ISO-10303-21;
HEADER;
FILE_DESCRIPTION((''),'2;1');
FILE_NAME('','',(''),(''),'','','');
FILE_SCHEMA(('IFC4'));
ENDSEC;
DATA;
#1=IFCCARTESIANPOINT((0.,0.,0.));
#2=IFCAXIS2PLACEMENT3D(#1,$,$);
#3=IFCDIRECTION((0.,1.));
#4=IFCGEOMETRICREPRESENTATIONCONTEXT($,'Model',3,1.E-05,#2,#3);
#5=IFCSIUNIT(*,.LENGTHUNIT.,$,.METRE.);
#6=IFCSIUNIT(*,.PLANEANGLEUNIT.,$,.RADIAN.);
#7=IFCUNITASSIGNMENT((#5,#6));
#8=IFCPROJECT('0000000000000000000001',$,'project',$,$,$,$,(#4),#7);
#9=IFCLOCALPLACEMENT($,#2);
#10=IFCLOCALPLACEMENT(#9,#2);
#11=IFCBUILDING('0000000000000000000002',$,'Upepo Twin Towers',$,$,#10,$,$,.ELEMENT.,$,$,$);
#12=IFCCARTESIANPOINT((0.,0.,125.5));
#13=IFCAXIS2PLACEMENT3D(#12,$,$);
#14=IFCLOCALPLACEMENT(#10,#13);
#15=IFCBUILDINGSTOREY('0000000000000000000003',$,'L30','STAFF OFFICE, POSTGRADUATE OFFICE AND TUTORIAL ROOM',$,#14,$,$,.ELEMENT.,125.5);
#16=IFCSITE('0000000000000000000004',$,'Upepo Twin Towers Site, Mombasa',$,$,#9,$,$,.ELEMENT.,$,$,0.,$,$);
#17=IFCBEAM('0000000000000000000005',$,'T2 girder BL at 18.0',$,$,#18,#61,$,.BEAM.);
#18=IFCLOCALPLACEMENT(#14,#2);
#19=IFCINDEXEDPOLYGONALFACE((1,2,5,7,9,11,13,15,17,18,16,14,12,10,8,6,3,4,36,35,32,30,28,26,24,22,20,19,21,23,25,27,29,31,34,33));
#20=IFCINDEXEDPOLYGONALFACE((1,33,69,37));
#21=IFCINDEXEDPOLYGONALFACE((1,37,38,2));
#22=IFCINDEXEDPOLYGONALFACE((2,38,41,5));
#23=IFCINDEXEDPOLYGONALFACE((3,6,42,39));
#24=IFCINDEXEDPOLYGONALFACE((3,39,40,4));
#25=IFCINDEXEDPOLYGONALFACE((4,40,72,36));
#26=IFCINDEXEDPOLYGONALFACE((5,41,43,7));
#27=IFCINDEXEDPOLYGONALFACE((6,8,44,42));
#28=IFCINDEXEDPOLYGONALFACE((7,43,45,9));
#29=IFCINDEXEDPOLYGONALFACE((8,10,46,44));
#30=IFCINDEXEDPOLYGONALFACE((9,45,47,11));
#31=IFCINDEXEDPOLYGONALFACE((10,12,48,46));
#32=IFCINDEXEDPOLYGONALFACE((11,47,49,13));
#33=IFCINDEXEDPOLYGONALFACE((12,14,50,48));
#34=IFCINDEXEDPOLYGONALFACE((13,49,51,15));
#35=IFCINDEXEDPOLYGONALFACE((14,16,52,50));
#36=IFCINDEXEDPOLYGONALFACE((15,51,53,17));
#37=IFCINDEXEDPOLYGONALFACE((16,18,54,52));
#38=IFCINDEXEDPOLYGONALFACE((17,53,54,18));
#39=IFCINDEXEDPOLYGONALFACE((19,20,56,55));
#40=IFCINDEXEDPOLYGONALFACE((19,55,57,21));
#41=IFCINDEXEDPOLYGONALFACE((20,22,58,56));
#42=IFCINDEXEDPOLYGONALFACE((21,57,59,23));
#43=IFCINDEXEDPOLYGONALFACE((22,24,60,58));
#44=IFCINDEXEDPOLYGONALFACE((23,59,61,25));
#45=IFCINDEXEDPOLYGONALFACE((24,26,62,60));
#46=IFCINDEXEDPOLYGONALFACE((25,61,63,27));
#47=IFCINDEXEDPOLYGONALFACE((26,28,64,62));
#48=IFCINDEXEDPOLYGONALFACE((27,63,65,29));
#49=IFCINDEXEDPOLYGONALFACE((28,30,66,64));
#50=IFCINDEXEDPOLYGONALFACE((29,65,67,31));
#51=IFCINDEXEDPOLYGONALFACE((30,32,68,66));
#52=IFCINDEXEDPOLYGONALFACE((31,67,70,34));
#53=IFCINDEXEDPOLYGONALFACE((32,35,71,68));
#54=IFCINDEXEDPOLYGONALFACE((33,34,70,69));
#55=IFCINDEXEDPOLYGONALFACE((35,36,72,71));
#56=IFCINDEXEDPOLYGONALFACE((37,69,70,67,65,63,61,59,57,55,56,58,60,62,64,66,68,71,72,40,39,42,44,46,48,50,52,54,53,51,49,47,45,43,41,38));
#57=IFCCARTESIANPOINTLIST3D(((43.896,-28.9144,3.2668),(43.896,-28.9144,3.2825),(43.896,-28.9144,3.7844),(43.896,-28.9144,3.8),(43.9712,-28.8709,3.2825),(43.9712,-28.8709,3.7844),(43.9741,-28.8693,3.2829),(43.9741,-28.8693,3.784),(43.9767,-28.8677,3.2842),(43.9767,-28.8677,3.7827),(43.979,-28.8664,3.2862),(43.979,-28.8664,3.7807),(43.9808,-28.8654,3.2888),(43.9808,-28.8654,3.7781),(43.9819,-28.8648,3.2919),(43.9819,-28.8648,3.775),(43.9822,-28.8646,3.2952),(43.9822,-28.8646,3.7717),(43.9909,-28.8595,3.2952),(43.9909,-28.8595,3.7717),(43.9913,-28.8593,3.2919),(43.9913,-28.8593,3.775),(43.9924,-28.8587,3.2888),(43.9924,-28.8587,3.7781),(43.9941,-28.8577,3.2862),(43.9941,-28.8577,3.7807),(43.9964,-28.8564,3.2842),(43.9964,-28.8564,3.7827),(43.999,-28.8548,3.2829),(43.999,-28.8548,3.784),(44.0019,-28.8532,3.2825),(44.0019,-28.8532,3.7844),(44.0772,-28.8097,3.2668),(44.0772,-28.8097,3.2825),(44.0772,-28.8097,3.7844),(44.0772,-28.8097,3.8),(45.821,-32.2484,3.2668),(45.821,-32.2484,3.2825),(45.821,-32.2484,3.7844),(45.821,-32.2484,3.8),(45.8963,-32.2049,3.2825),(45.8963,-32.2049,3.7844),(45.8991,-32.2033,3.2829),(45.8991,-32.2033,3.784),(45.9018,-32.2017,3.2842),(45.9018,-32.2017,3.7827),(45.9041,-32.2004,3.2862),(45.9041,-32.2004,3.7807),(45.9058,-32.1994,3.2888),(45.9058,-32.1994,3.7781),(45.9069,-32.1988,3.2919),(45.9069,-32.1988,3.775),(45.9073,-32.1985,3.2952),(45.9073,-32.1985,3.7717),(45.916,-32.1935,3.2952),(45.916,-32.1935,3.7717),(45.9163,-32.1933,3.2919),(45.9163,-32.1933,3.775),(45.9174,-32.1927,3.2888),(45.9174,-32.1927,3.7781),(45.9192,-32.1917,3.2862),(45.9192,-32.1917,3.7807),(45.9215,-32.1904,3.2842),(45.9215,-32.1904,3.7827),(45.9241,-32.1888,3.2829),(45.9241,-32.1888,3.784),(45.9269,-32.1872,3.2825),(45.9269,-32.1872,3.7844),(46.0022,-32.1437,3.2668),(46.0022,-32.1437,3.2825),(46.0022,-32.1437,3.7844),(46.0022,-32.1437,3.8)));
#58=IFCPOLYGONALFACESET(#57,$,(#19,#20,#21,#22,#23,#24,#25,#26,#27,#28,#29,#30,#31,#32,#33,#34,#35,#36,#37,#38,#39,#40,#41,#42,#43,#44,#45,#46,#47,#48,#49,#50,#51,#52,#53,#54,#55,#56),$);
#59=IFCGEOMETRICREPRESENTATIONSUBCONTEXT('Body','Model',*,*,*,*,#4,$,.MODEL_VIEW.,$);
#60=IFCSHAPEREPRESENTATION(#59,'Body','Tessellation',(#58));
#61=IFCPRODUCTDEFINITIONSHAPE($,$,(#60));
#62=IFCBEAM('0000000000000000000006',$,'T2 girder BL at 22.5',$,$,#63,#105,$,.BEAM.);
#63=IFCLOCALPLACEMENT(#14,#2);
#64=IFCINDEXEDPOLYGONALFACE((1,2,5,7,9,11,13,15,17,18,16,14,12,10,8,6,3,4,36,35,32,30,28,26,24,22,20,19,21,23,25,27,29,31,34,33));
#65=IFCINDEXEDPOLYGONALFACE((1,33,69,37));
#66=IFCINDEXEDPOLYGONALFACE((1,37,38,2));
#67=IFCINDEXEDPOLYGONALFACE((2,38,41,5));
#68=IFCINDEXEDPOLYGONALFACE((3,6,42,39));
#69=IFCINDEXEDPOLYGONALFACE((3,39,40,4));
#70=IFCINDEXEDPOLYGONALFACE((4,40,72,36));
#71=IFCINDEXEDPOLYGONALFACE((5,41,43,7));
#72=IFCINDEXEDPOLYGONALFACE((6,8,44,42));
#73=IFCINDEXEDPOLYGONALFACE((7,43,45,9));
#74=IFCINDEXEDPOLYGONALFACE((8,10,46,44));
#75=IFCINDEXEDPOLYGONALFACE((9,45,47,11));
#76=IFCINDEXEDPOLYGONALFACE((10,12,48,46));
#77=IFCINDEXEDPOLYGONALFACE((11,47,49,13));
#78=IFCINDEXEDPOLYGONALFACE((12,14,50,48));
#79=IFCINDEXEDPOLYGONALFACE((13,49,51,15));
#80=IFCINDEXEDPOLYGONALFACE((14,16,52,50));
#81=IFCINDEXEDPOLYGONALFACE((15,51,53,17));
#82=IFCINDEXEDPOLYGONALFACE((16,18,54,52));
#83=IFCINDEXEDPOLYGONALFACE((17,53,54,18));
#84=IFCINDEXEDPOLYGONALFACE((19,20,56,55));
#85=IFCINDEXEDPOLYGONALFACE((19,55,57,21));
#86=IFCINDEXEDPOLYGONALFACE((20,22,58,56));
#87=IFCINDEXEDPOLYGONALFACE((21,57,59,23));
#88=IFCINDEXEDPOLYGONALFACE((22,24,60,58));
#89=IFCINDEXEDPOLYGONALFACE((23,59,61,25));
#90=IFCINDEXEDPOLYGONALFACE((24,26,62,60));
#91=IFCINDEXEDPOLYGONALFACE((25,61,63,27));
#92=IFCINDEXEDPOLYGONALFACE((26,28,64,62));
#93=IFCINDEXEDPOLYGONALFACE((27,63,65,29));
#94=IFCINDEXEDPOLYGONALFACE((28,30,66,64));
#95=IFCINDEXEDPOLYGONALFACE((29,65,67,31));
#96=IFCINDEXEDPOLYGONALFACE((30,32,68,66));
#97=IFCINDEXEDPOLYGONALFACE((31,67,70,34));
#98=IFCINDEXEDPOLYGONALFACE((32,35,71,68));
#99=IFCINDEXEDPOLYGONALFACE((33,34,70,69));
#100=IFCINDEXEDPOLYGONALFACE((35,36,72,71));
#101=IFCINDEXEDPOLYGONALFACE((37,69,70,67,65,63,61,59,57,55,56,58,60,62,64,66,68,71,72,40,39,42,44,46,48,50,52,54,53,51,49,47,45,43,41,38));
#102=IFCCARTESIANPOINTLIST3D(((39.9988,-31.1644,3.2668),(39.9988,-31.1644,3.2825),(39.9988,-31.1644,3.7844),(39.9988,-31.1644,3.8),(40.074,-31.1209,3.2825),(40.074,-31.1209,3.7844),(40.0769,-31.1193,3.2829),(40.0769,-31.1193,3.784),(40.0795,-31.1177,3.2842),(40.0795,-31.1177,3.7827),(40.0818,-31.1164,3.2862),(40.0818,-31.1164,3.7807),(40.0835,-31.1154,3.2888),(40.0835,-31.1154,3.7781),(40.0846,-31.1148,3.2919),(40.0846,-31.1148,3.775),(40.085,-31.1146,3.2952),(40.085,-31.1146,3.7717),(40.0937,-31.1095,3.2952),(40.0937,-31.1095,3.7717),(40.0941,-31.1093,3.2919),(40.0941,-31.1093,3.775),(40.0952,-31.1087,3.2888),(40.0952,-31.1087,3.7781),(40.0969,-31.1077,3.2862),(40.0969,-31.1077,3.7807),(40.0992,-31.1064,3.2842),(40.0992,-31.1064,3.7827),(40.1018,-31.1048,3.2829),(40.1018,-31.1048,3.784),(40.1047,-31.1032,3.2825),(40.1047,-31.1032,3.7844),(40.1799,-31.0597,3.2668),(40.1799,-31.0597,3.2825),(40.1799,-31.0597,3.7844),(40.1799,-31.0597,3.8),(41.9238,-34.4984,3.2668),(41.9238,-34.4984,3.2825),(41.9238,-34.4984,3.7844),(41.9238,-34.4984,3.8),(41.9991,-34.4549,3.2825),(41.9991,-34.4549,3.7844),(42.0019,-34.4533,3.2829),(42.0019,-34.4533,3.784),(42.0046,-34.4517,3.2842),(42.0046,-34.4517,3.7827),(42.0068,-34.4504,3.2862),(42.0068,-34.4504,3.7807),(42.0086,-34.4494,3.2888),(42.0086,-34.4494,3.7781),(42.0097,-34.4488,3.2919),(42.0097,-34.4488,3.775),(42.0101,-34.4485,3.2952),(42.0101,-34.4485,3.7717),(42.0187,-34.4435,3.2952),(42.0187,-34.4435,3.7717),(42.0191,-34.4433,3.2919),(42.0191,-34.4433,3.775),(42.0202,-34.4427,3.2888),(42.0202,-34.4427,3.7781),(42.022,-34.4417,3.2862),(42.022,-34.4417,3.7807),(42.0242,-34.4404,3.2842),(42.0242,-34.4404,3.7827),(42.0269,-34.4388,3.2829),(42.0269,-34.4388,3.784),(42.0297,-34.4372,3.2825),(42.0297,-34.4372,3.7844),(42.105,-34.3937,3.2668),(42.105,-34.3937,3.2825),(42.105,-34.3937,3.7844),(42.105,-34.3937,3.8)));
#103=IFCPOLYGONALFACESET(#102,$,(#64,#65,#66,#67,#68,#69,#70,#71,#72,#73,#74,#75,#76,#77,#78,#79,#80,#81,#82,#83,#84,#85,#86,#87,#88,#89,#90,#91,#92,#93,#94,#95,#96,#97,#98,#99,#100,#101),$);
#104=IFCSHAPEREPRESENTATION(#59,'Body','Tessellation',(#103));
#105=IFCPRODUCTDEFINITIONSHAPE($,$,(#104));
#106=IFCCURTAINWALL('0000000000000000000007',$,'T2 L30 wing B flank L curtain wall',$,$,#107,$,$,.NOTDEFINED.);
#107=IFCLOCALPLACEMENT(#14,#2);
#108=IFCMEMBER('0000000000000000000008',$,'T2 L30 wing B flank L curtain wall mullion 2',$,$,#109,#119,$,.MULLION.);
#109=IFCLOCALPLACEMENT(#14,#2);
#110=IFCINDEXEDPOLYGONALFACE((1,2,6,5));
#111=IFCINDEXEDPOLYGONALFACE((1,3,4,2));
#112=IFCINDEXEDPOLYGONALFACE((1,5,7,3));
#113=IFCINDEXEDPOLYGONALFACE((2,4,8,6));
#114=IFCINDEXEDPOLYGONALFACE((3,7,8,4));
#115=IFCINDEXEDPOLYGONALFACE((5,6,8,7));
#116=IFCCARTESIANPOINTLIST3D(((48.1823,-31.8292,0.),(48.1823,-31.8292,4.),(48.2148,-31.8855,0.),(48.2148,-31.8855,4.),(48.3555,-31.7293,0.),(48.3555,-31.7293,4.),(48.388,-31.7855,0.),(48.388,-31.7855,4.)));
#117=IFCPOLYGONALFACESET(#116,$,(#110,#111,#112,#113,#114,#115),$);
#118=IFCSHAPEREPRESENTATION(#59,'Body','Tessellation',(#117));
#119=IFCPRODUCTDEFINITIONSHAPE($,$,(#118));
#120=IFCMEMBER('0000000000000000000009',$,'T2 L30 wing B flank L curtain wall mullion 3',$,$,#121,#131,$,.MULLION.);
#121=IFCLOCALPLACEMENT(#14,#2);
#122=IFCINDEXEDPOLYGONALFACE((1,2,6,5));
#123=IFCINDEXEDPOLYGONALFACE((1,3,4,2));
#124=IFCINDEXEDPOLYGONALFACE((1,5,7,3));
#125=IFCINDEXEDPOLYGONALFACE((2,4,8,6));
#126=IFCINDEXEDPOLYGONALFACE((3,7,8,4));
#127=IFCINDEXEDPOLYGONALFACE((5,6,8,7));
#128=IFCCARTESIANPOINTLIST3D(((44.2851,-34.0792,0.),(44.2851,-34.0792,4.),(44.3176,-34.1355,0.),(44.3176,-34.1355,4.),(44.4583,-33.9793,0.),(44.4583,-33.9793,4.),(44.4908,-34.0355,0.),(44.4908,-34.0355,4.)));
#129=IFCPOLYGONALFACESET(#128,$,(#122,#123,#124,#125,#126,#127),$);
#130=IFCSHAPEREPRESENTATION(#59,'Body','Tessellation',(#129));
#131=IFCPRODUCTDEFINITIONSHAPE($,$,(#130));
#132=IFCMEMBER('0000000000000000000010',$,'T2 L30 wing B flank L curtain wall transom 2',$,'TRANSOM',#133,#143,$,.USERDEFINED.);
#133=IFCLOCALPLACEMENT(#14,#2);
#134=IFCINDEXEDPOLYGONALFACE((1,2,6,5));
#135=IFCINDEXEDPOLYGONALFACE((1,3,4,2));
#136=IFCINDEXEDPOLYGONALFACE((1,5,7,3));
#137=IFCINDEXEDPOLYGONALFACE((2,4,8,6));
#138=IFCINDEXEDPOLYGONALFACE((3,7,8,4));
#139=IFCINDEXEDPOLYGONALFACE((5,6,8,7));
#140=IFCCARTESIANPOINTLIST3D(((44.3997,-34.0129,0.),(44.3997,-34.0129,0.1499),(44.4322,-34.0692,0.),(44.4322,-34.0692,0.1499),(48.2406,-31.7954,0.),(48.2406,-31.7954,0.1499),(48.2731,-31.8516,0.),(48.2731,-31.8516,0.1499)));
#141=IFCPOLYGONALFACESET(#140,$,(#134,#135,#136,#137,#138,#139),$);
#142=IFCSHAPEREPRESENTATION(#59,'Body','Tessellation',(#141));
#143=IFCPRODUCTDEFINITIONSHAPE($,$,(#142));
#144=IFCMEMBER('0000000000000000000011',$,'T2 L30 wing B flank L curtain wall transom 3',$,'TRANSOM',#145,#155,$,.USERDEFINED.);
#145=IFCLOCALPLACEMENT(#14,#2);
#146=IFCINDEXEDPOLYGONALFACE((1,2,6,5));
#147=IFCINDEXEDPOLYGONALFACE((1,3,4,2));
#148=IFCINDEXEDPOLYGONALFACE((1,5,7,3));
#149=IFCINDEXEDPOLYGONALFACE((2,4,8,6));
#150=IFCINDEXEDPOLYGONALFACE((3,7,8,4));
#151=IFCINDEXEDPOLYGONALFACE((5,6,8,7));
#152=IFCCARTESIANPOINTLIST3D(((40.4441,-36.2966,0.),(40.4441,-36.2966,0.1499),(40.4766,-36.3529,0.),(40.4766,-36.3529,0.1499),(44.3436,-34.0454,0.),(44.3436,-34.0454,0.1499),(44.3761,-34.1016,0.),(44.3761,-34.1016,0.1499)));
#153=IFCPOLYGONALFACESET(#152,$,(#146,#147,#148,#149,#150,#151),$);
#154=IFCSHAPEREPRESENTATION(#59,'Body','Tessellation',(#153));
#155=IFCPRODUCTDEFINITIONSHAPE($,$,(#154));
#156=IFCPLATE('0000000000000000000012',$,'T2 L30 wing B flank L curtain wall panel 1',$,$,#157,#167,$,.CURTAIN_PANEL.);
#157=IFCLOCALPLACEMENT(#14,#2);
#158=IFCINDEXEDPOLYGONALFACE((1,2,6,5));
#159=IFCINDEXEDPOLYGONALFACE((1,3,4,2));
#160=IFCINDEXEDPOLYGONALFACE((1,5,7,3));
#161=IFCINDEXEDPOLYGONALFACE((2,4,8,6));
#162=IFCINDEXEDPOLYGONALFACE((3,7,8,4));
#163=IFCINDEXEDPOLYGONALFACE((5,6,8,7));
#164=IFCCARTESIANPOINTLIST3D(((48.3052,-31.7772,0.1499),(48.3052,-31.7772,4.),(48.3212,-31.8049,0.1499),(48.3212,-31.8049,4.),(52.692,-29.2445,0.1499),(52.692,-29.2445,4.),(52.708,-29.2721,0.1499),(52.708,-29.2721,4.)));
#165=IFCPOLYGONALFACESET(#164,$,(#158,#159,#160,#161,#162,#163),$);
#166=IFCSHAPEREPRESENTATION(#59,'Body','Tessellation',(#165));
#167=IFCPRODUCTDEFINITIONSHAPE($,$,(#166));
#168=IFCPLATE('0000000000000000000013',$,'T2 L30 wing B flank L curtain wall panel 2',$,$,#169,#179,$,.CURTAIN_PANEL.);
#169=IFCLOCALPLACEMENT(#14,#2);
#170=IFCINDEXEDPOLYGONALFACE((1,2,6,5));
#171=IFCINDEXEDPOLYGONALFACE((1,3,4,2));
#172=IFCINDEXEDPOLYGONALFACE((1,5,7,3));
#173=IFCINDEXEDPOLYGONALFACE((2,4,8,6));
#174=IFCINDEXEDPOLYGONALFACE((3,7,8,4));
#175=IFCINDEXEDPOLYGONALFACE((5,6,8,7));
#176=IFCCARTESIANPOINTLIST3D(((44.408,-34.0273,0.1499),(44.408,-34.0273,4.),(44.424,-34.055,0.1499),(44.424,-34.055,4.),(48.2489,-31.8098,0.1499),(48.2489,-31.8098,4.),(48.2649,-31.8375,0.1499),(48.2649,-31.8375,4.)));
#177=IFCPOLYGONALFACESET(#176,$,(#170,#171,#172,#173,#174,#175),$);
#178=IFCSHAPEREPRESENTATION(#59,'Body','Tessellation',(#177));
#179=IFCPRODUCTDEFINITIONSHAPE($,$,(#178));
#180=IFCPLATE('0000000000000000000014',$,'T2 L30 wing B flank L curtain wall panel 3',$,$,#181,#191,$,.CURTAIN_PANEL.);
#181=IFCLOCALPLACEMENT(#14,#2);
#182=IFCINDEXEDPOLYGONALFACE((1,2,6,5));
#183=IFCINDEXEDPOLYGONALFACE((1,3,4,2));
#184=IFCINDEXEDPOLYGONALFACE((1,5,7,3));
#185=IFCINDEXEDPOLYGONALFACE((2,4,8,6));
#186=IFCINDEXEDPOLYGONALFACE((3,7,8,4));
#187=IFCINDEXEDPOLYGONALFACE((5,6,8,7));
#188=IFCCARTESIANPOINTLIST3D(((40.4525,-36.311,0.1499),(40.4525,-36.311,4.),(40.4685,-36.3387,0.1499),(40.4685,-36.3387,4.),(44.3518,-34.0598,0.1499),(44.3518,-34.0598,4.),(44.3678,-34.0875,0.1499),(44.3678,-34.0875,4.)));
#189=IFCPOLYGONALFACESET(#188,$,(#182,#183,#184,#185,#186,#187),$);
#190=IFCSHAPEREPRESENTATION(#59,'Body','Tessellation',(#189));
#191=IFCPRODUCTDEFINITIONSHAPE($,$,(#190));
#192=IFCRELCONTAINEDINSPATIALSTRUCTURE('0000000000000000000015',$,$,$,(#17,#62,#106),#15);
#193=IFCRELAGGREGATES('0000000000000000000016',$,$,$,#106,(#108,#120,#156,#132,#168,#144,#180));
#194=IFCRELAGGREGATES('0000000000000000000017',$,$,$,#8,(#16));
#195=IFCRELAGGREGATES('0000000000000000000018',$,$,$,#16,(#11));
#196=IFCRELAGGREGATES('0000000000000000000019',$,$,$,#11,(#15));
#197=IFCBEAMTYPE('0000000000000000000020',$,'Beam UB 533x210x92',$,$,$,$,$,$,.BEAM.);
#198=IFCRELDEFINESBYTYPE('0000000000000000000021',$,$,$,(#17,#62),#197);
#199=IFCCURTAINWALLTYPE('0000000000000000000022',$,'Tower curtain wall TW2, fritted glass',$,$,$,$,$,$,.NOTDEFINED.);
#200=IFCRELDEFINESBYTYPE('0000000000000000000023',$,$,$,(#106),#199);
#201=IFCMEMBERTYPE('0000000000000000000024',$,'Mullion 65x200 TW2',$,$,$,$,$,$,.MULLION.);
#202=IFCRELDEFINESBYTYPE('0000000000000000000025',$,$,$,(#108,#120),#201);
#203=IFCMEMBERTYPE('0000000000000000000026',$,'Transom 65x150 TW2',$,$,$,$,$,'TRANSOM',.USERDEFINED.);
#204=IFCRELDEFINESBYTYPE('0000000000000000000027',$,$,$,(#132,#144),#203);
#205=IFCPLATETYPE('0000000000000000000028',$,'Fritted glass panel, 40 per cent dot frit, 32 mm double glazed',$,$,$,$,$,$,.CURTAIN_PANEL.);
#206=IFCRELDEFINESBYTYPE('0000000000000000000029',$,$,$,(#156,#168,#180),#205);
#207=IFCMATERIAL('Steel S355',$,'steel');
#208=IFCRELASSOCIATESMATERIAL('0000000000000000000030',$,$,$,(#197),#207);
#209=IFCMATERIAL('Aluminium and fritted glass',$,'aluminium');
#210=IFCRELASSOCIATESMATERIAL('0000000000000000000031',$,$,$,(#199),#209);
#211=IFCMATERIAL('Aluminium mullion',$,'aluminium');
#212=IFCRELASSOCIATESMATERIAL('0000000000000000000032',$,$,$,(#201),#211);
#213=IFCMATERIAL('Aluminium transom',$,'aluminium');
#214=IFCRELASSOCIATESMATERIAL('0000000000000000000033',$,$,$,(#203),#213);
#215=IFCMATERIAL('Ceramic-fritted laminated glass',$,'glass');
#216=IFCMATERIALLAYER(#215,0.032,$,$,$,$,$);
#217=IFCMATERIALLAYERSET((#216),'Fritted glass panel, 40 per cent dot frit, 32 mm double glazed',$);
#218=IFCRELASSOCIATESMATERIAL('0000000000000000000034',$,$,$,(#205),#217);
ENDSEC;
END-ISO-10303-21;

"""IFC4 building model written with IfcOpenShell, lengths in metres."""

from ifc_helpers import new_model, si_unit, direction, frame, origin, origin_2d, place, context, subcontext, project, spatial, rectangle, i_section, extrude, material, layer, layer_set, material_profile, profile_set, type_object, element, aggregate, save


model = new_model("IFC4")

# Units and contexts
model_context = context("Model", 3, precision=1e-05, world=origin(), true_north=direction((0.0, 1.0)))
body_context = subcontext(model_context, "Body", "Model", "MODEL_VIEW")
ifc_project = project(units=[si_unit("LENGTHUNIT", "METRE"), si_unit("PLANEANGLEUNIT", "RADIAN")], contexts=[model_context])

# Site, building, storey
site_placement = place(None, origin())
site = spatial("IfcSite", under=ifc_project, at=site_placement, Name="Upepo Twin Towers Site, Mombasa", CompositionType="ELEMENT", RefElevation=0.0)
building_placement = place(site_placement, origin())
building = spatial("IfcBuilding", under=site, at=building_placement, Name="Upepo Twin Towers", CompositionType="ELEMENT")
storey_placement = place(building_placement, frame((0.0, 0.0, 125.5)))
storey = spatial("IfcBuildingStorey", under=building, at=storey_placement, Name="L30", Description="STAFF OFFICE, POSTGRADUATE OFFICE AND TUTORIAL ROOM", CompositionType="ELEMENT", Elevation=125.5)

# Beams
ifc_material_1 = material(Name="Steel S355", Category="steel")
ifc_material_profile_1 = material_profile(ifc_material_1, i_section(OverallWidth=0.2092, OverallDepth=0.5332, WebThickness=0.01, FlangeThickness=0.0156, FilletRadius=0.0127, at=origin_2d()), Name="UB 533x210x92")
ifc_profile_set_1 = profile_set([ifc_material_profile_1], Name="Steel S355")
beam_type_1 = type_object("IfcBeamType", Name="Beam UB 533x210x92", PredefinedType="BEAM", material=ifc_profile_set_1)
for number, where, z_axis, x_axis, name in (
    (1, (45.9116, -32.196, 3.5334), (-0.500034, 0.866006, 0.0), (-0.866006, -0.500034, 0.0), "T2 girder BL at 18.0"),
    (2, (42.0144, -34.446, 3.5334), (-0.500034, 0.866006, 0.0), (-0.866006, -0.500034, 0.0), "T2 girder BL at 22.5"),
):
    element("IfcBeam", number, at=place(storey_placement, frame(where, z_axis=z_axis, x_axis=x_axis)), inside=storey, type_object=beam_type_1, Name=name, PredefinedType="BEAM", context=body_context, shape_type="SweptSolid", body=[
        extrude(i_section(OverallWidth=0.2092, OverallDepth=0.5332, WebThickness=0.01, FlangeThickness=0.0156, FilletRadius=0.0127, at=origin_2d()), origin(), (0.0, 0.0, 1.0), 3.8499),
    ])

# Curtain wall, members, plates
ifc_material_2 = material(Name="Aluminium and fritted glass", Category="aluminium")
curtain_wall_type = type_object("IfcCurtainWallType", Name="Tower curtain wall TW2, fritted glass", PredefinedType="NOTDEFINED", material=ifc_material_2)
curtain_wall_placement = place(storey_placement, origin())
curtain_wall = element("IfcCurtainWall", 3, at=curtain_wall_placement, inside=storey, type_object=curtain_wall_type, Name="T2 L30 wing B flank L curtain wall", PredefinedType="NOTDEFINED")
ifc_material_3 = material(Name="Aluminium mullion", Category="aluminium")
ifc_material_profile_2 = material_profile(ifc_material_3, rectangle(XDim=0.0649, YDim=0.2, at=origin_2d()), Name="MULLION 65x200")
ifc_profile_set_2 = profile_set([ifc_material_profile_2], Name="Aluminium mullion")
member_type_1 = type_object("IfcMemberType", Name="Mullion 65x200 TW2", PredefinedType="MULLION", material=ifc_profile_set_2)
member_1_placement = place(storey_placement, frame((48.2852, -31.8074, 0.0), z_axis=(0.0, 0.0, 1.0), x_axis=(0.5, -0.866025, 0.0)))
member_1 = element("IfcMember", 4, at=member_1_placement, type_object=member_type_1, Name="T2 L30 wing B flank L curtain wall mullion 2", PredefinedType="MULLION", context=body_context, shape_type="SweptSolid", body=[
    extrude(rectangle(XDim=0.0649, YDim=0.2, at=origin_2d()), origin(), (0.0, 0.0, 1.0), 4.0),
])
member_2_placement = place(storey_placement, frame((44.3879, -34.0574, 0.0), z_axis=(0.0, 0.0, 1.0), x_axis=(0.5, -0.866025, 0.0)))
member_2 = element("IfcMember", 5, at=member_2_placement, type_object=member_type_1, Name="T2 L30 wing B flank L curtain wall mullion 3", PredefinedType="MULLION", context=body_context, shape_type="SweptSolid", body=[
    extrude(rectangle(XDim=0.0649, YDim=0.2, at=origin_2d()), origin(), (0.0, 0.0, 1.0), 4.0),
])
ifc_material_4 = material(Name="Aluminium transom", Category="aluminium")
ifc_material_profile_3 = material_profile(ifc_material_4, rectangle(XDim=0.0649, YDim=0.1499, at=origin_2d()), Name="TRANSOM 65x150")
ifc_profile_set_3 = profile_set([ifc_material_profile_3], Name="Aluminium transom")
member_type_2 = type_object("IfcMemberType", Name="Transom 65x150 TW2", ElementType="TRANSOM", PredefinedType="USERDEFINED", material=ifc_profile_set_3)
member_3_placement = place(storey_placement, frame((48.2568, -31.8235, 0.075), z_axis=(-0.866022, -0.500005, 0.0), x_axis=(0.500005, -0.866022, 0.0)))
member_3 = element("IfcMember", 6, at=member_3_placement, type_object=member_type_2, Name="T2 L30 wing B flank L curtain wall transom 2", ObjectType="TRANSOM", PredefinedType="USERDEFINED", context=body_context, shape_type="SweptSolid", body=[
    extrude(rectangle(XDim=0.0649, YDim=0.1499, at=origin_2d()), origin(), (0.0, 0.0, 1.0), 4.4351),
])
member_4_placement = place(storey_placement, frame((44.3599, -34.0735, 0.075), z_axis=(-0.866036, -0.499982, 0.0), x_axis=(0.499982, -0.866036, 0.0)))
member_4 = element("IfcMember", 7, at=member_4_placement, type_object=member_type_2, Name="T2 L30 wing B flank L curtain wall transom 3", ObjectType="TRANSOM", PredefinedType="USERDEFINED", context=body_context, shape_type="SweptSolid", body=[
    extrude(rectangle(XDim=0.0649, YDim=0.1499, at=origin_2d()), origin(), (0.0, 0.0, 1.0), 4.5027),
])
ifc_material_5 = material(Name="Ceramic-fritted laminated glass", Category="glass")
ifc_layer_1 = layer(ifc_material_5, 0.032)
ifc_layer_set_1 = layer_set([ifc_layer_1], Name="Fritted glass panel, 40 per cent dot frit, 32 mm double glazed")
plate_type = type_object("IfcPlateType", Name="Fritted glass panel, 40 per cent dot frit, 32 mm double glazed", PredefinedType="CURTAIN_PANEL", material=ifc_layer_set_1)
plate_1_placement = place(storey_placement, frame((50.5066, -30.5247, 0.1499), z_axis=(0.0, 0.0, 1.0), x_axis=(-0.866025, -0.5, 0.0)))
plate_1 = element("IfcPlate", 8, at=plate_1_placement, type_object=plate_type, Name="T2 L30 wing B flank L curtain wall panel 1", PredefinedType="CURTAIN_PANEL", context=body_context, shape_type="SweptSolid", body=[
    extrude(rectangle(XDim=5.0654, YDim=0.032, at=origin_2d()), origin(), (0.0, 0.0, 1.0), 3.8501),
])
plate_2_placement = place(storey_placement, frame((46.3364, -32.9324, 0.1499), z_axis=(0.0, 0.0, 1.0), x_axis=(-0.866025, -0.5, 0.0)))
plate_2 = element("IfcPlate", 9, at=plate_2_placement, type_object=plate_type, Name="T2 L30 wing B flank L curtain wall panel 2", PredefinedType="CURTAIN_PANEL", context=body_context, shape_type="SweptSolid", body=[
    extrude(rectangle(XDim=4.4351, YDim=0.032, at=origin_2d()), origin(), (0.0, 0.0, 1.0), 3.8501),
])
plate_3_placement = place(storey_placement, frame((42.4102, -35.1992, 0.1499), z_axis=(0.0, 0.0, 1.0), x_axis=(-0.866025, -0.5, 0.0)))
plate_3 = element("IfcPlate", 10, at=plate_3_placement, type_object=plate_type, Name="T2 L30 wing B flank L curtain wall panel 3", PredefinedType="CURTAIN_PANEL", context=body_context, shape_type="SweptSolid", body=[
    extrude(rectangle(XDim=4.5024, YDim=0.032, at=origin_2d()), origin(), (0.0, 0.0, 1.0), 3.8501),
])
aggregate(curtain_wall, [member_1, member_2, plate_1, member_3, plate_2, member_4, plate_3])

save(model, "model.ifc")
